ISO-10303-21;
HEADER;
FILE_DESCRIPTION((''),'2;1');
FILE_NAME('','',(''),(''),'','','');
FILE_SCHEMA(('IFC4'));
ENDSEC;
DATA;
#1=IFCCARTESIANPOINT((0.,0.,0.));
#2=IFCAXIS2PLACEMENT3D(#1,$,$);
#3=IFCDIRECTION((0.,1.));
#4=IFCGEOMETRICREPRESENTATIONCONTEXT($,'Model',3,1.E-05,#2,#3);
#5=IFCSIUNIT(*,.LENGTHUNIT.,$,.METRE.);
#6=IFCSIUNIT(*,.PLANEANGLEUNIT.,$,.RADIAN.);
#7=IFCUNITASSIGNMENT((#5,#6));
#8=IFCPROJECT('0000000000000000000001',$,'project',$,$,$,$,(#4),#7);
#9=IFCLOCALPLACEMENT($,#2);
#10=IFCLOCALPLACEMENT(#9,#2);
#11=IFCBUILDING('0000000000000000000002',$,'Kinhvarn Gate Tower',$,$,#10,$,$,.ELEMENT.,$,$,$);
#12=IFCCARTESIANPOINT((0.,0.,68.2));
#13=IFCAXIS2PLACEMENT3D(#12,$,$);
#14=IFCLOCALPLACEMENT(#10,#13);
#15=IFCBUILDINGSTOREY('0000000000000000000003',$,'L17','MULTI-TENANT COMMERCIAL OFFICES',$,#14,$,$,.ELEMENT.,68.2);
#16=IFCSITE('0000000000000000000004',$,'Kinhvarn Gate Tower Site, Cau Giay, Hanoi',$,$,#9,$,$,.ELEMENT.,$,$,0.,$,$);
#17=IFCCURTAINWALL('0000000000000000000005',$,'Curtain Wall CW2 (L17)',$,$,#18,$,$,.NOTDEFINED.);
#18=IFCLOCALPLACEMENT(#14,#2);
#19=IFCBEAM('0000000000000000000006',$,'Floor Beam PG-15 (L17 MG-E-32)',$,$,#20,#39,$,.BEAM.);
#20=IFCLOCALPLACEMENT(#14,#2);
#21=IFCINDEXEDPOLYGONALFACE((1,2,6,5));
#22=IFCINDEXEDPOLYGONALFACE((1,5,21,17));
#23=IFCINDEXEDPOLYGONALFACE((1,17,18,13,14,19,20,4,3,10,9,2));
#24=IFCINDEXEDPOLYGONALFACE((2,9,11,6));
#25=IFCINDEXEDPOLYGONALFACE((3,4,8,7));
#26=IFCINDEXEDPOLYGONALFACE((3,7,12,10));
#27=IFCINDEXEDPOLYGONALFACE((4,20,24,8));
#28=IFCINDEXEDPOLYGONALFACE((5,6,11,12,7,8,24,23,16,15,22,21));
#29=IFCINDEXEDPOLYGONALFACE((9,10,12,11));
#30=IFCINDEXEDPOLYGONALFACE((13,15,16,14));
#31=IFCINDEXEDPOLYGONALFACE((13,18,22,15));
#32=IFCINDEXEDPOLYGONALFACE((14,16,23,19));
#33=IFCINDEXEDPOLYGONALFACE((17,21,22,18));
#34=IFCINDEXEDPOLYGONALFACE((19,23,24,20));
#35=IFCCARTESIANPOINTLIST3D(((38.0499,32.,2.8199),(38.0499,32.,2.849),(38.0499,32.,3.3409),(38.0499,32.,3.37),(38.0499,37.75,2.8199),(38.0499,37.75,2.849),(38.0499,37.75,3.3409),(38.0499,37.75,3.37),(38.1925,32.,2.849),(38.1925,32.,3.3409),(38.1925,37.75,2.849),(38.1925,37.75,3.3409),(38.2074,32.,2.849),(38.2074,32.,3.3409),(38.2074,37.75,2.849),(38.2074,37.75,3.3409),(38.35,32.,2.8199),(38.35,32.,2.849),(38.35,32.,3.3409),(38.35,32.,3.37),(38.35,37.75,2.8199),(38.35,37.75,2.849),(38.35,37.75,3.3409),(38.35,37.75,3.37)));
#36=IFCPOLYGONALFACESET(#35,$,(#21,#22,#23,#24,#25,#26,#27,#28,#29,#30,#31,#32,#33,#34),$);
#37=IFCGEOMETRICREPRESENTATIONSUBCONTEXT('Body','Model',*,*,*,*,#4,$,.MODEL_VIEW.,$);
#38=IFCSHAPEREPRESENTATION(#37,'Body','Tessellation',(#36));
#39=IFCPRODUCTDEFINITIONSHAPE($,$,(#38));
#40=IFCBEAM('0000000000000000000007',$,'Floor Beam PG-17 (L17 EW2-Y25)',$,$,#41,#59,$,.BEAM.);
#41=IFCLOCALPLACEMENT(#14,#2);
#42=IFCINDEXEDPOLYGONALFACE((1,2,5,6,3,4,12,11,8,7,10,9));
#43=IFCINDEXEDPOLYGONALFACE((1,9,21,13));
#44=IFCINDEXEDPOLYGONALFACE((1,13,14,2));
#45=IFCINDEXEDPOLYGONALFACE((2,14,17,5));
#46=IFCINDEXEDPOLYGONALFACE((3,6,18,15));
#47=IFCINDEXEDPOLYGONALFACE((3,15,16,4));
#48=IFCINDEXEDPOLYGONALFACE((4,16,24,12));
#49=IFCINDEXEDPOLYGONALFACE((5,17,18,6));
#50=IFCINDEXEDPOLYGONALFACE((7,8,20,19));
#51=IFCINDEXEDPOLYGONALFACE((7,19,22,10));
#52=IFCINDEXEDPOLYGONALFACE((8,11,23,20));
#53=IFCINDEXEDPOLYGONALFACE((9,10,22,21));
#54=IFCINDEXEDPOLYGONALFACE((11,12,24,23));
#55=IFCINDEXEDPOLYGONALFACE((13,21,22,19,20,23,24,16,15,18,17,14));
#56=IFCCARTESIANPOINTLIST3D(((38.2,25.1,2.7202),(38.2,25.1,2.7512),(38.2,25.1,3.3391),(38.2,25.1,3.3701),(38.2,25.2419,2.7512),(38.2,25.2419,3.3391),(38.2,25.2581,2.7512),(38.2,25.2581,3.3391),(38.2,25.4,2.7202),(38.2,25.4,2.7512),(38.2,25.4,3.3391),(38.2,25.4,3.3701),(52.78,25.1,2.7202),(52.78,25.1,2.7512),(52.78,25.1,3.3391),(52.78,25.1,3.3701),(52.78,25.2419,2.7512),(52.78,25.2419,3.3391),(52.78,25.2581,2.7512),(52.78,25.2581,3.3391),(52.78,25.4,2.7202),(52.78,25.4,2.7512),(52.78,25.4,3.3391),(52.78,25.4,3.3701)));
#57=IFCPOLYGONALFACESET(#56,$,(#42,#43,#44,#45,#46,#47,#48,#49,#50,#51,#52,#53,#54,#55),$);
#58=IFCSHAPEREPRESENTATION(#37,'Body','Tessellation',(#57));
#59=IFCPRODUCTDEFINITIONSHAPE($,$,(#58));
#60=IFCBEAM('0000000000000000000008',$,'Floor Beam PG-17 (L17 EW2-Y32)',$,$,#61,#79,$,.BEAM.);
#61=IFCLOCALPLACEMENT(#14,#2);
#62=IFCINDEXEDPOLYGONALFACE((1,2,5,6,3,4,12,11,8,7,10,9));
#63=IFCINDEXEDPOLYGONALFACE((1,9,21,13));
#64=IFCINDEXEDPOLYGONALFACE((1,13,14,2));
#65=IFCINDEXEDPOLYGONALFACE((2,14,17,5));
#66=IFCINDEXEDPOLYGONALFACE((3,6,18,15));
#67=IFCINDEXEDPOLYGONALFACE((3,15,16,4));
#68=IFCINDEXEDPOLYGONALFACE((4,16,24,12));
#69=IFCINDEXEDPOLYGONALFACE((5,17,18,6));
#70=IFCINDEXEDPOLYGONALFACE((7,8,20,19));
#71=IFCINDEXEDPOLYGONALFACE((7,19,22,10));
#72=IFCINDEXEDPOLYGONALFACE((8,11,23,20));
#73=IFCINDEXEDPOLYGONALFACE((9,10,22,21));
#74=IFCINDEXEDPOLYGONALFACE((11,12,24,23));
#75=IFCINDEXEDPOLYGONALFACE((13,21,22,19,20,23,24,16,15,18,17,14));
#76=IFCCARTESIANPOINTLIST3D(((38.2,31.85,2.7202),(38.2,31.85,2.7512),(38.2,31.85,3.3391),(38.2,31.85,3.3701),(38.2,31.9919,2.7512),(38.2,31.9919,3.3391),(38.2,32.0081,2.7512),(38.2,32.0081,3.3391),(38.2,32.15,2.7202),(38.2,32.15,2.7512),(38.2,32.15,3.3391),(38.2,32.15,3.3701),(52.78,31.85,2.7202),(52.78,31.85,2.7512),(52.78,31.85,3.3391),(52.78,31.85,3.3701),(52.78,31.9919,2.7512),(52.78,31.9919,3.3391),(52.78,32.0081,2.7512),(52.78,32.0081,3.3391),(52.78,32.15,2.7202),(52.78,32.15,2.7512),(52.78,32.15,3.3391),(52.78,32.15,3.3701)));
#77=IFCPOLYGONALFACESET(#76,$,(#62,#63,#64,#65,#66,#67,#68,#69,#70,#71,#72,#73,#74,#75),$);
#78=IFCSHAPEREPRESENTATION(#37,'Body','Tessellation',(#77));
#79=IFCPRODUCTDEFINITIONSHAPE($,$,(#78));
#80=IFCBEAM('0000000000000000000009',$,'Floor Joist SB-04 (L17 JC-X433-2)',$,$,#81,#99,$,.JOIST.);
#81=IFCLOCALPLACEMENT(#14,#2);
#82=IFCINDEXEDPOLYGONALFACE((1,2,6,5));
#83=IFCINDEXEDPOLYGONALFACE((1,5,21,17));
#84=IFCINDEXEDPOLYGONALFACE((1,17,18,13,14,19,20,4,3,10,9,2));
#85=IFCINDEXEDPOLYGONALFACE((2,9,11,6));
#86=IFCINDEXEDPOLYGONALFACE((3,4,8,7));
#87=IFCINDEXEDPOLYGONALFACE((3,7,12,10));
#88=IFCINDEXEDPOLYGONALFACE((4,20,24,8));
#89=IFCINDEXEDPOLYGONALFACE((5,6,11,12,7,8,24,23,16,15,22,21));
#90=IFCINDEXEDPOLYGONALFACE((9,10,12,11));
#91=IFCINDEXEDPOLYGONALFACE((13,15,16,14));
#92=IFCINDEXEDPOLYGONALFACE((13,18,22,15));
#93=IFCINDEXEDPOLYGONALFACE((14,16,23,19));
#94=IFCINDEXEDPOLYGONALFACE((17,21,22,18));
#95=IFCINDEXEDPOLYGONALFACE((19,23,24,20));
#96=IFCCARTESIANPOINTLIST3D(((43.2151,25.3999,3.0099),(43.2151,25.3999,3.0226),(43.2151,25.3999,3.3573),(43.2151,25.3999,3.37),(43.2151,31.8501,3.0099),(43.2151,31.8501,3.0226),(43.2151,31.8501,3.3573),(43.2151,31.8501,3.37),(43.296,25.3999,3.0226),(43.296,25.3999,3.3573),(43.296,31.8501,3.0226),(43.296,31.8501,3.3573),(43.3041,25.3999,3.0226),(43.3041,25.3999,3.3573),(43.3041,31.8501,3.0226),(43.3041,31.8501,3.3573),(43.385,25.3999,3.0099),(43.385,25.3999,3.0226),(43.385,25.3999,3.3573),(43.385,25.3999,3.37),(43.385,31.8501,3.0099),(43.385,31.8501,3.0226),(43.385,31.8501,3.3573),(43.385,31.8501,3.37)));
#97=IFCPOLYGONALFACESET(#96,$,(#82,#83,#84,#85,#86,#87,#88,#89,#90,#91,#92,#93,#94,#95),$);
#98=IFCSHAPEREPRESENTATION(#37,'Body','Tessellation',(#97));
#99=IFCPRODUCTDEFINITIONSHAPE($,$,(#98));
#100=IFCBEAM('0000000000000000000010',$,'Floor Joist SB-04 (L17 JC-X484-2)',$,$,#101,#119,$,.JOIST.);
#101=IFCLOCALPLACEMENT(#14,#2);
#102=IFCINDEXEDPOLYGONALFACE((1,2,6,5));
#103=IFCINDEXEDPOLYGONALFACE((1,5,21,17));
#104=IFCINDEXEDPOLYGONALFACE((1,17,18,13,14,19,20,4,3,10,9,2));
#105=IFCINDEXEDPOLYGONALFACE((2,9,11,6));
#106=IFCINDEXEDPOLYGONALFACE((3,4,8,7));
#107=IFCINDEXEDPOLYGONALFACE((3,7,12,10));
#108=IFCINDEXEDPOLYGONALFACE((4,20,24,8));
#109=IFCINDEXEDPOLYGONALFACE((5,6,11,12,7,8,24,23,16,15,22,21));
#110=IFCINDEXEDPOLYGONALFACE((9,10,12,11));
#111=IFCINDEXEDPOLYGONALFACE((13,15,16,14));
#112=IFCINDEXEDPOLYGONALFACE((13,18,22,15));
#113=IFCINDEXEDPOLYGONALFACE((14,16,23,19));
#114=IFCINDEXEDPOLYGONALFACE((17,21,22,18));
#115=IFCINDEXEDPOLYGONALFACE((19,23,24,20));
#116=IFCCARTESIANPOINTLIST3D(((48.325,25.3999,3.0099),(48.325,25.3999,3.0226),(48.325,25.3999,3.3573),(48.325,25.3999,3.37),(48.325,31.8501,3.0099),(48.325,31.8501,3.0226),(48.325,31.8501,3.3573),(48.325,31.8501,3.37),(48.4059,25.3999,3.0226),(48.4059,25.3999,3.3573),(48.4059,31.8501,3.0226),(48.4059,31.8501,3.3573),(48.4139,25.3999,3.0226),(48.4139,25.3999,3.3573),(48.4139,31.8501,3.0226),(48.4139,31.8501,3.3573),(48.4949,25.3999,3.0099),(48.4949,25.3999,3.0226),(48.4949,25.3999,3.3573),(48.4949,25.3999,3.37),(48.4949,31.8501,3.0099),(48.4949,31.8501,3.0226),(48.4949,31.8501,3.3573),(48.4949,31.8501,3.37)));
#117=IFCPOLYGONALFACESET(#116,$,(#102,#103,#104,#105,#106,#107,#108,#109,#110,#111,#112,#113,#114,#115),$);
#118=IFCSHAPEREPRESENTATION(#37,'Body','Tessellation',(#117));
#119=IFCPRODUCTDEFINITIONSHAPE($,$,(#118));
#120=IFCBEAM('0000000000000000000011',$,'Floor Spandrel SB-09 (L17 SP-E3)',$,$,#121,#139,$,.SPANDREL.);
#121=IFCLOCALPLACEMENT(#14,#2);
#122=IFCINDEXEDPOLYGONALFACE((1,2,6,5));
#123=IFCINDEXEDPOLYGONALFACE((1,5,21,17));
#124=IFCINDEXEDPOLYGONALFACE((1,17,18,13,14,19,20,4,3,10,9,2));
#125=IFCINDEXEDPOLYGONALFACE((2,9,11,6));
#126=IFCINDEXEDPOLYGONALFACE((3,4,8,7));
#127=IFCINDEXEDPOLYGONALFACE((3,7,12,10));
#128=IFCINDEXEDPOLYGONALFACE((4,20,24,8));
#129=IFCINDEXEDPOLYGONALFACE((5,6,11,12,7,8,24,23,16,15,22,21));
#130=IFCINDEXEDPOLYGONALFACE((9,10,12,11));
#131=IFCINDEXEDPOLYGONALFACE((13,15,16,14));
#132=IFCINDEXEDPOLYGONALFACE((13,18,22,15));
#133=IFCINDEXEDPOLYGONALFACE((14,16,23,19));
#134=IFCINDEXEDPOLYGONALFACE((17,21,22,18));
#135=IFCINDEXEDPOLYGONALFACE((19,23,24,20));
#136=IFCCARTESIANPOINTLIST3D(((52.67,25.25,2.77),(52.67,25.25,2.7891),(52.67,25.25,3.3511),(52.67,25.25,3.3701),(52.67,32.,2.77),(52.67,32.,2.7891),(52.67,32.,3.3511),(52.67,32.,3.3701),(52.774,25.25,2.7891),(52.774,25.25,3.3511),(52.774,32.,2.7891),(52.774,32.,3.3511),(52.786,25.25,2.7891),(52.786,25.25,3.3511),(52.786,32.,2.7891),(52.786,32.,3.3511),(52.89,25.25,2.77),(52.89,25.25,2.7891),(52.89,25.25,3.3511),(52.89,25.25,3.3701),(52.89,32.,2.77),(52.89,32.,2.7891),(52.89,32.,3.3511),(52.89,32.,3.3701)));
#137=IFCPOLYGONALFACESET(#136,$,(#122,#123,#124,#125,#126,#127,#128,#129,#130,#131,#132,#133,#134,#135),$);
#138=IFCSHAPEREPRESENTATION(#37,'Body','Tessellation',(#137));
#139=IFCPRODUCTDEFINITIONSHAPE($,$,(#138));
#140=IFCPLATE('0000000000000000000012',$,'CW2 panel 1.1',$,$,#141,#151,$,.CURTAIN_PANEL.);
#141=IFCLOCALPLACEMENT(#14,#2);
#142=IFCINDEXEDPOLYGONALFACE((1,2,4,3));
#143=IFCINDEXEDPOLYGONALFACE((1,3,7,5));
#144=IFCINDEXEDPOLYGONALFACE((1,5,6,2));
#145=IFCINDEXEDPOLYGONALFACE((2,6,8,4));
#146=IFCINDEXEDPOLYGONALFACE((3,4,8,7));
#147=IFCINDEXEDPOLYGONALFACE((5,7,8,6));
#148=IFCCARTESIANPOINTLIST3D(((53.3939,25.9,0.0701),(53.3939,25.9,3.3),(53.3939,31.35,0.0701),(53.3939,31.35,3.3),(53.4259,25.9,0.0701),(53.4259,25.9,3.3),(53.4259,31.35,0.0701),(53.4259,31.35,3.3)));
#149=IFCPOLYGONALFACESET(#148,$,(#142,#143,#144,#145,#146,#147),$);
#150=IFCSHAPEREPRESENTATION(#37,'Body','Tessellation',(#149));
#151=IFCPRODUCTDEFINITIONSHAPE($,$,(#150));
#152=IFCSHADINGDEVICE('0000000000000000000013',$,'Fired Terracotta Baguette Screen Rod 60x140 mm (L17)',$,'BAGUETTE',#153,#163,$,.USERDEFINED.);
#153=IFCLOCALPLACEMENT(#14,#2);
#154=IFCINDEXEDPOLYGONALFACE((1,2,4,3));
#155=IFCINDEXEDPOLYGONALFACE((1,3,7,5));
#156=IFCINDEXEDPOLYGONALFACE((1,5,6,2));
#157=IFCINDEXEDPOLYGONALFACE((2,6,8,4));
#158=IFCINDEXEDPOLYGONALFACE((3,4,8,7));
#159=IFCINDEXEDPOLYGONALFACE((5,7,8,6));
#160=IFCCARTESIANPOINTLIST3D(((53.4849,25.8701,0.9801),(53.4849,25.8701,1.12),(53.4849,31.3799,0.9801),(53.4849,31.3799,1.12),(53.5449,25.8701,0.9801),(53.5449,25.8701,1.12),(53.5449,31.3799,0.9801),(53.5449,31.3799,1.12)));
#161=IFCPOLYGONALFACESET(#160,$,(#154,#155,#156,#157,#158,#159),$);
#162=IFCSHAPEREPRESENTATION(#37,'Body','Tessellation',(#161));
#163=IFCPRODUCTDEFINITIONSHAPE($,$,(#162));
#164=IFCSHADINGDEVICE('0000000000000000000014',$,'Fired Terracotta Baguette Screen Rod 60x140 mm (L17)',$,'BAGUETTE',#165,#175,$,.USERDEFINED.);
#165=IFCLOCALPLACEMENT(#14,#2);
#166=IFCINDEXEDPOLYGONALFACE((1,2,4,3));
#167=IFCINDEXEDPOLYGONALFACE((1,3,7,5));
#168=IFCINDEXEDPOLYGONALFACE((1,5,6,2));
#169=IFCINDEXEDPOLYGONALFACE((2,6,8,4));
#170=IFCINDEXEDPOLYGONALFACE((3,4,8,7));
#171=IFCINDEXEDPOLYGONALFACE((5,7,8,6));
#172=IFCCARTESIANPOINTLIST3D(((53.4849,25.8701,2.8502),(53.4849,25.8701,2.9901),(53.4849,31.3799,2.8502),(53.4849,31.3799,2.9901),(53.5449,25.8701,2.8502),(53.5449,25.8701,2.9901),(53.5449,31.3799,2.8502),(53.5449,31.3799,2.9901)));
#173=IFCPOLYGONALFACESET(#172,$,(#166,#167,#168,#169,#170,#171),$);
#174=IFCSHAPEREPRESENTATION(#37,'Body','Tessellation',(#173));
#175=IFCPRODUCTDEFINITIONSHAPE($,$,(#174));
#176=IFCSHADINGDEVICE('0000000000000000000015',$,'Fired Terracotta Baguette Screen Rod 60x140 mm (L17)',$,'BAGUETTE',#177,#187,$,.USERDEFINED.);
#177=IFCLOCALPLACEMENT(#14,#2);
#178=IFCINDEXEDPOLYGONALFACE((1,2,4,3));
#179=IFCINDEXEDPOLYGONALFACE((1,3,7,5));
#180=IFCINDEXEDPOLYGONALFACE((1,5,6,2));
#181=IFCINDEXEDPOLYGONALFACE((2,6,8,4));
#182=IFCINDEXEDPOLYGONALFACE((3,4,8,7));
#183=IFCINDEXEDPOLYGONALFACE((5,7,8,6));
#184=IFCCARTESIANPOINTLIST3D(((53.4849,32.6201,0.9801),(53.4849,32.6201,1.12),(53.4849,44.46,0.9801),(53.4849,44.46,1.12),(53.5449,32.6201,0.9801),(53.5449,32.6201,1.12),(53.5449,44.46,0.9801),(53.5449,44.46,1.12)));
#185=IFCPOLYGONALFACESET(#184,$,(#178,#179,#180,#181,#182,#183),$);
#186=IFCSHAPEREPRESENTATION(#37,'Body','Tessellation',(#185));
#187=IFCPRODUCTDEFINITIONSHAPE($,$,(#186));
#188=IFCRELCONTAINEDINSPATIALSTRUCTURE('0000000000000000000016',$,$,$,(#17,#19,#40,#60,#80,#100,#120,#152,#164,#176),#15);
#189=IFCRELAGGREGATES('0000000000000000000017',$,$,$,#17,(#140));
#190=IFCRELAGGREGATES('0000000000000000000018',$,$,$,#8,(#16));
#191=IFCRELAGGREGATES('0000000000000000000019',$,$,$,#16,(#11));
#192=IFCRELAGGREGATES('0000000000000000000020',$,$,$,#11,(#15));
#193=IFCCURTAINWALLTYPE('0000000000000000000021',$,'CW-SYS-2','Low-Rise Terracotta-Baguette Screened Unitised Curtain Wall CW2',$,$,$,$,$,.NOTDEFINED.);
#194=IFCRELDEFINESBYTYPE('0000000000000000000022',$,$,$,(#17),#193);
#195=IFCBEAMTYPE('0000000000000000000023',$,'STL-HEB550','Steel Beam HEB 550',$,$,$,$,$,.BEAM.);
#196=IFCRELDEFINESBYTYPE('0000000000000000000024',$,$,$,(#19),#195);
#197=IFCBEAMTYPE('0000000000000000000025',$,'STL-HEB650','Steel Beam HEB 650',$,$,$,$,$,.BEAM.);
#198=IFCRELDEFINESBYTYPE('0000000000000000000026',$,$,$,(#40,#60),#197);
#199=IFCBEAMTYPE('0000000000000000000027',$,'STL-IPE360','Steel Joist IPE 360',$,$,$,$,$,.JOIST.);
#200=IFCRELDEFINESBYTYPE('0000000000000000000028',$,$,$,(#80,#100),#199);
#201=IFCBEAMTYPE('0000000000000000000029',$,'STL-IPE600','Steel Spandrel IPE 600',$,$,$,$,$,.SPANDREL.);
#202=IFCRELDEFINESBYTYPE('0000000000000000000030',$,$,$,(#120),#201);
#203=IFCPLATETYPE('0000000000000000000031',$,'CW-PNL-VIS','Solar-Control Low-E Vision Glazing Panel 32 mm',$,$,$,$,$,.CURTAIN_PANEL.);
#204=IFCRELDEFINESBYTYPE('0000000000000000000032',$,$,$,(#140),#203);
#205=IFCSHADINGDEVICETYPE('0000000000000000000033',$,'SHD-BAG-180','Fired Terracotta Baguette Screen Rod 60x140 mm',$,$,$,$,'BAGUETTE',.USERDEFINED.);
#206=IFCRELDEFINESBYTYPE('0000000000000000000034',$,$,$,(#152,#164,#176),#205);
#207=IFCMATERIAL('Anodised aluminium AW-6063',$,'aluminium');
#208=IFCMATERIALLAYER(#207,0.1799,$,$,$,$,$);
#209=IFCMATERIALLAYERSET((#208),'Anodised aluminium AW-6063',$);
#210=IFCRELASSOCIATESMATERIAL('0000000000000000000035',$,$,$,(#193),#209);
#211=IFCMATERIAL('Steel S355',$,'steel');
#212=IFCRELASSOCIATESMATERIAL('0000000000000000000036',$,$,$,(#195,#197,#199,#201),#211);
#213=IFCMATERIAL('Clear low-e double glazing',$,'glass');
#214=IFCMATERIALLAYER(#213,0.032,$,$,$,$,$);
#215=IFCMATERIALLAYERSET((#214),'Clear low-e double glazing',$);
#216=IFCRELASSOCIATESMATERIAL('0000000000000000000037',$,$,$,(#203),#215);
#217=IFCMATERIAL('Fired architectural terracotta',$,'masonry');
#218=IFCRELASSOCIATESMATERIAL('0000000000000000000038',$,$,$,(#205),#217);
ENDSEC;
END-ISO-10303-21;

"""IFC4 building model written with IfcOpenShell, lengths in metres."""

from ifc_helpers import new_model, si_unit, direction, frame, origin, origin_2d, place, context, subcontext, project, spatial, rectangle, i_section, extrude, material, layer, layer_set, material_profile, profile_set, type_object, element, aggregate, save


model = new_model("IFC4")

# Units and contexts
model_context = context("Model", 3, precision=1e-05, world=origin(), true_north=direction((0.0, 1.0)))
body_context = subcontext(model_context, "Body", "Model", "MODEL_VIEW")
ifc_project = project(units=[si_unit("LENGTHUNIT", "METRE"), si_unit("PLANEANGLEUNIT", "RADIAN")], contexts=[model_context])

# Site, building, storey
site_placement = place(None, origin())
site = spatial("IfcSite", under=ifc_project, at=site_placement, Name="Kinhvarn Gate Tower Site, Cau Giay, Hanoi", CompositionType="ELEMENT", RefElevation=0.0)
building_placement = place(site_placement, origin())
building = spatial("IfcBuilding", under=site, at=building_placement, Name="Kinhvarn Gate Tower", CompositionType="ELEMENT")
storey_placement = place(building_placement, frame((0.0, 0.0, 68.2)))
storey = spatial("IfcBuildingStorey", under=building, at=storey_placement, Name="L17", Description="MULTI-TENANT COMMERCIAL OFFICES", CompositionType="ELEMENT", Elevation=68.2)

# Shared definitions
ifc_material_1 = material(Name="Anodised aluminium AW-6063", Category="aluminium")
ifc_layer_1 = layer(ifc_material_1, 0.1799)
ifc_layer_set_1 = layer_set([ifc_layer_1], Name="Anodised aluminium AW-6063")
curtain_wall_type = type_object("IfcCurtainWallType", Name="CW-SYS-2", Description="Low-Rise Terracotta-Baguette Screened Unitised Curtain Wall CW2", PredefinedType="NOTDEFINED", material=ifc_layer_set_1)

# Curtain wall
curtain_wall_1_placement = place(storey_placement, origin())
curtain_wall_1 = element("IfcCurtainWall", 1, at=curtain_wall_1_placement, inside=storey, type_object=curtain_wall_type, Name="Curtain Wall CW2 (L17)", PredefinedType="NOTDEFINED")

# Beams
ifc_material_2 = material(Name="Steel S355", Category="steel")
ifc_material_profile_1 = material_profile(ifc_material_2, i_section(OverallWidth=0.3, OverallDepth=0.55, WebThickness=0.0149, FlangeThickness=0.0291, at=origin_2d()), Name="HEB 550")
ifc_profile_set_1 = profile_set([ifc_material_profile_1], Name="Steel S355")
beam_type_1 = type_object("IfcBeamType", Name="STL-HEB550", Description="Steel Beam HEB 550", PredefinedType="BEAM", material=ifc_profile_set_1)
beam_1_placement = place(storey_placement, frame((38.2, 32.0, 3.095), z_axis=(0.0, 1.0, 0.0), x_axis=(-1.0, 0.0, 0.0)))
element("IfcBeam", 2, at=beam_1_placement, inside=storey, type_object=beam_type_1, Name="Floor Beam PG-15 (L17 MG-E-32)", PredefinedType="BEAM", context=body_context, shape_type="SweptSolid", body=[
    extrude(i_section(OverallWidth=0.3, OverallDepth=0.55, WebThickness=0.0149, FlangeThickness=0.0291, at=origin_2d()), origin(), (0.0, 0.0, 1.0), 5.75),
])
ifc_material_profile_2 = material_profile(ifc_material_2, i_section(OverallWidth=0.3, OverallDepth=0.6499, WebThickness=0.0161, FlangeThickness=0.031, at=origin_2d()), Name="HEB 650")
ifc_profile_set_2 = profile_set([ifc_material_profile_2], Name="Steel S355")
beam_type_2 = type_object("IfcBeamType", Name="STL-HEB650", Description="Steel Beam HEB 650", PredefinedType="BEAM", material=ifc_profile_set_2)
for number, where, z_axis, x_axis, name in (
    (3, (38.2, 25.25, 3.0452), (1.0, 0.0, 0.0), (0.0, 1.0, 0.0), "Floor Beam PG-17 (L17 EW2-Y25)"),
    (4, (38.2, 32.0, 3.0452), (1.0, 0.0, 0.0), (0.0, 1.0, 0.0), "Floor Beam PG-17 (L17 EW2-Y32)"),
):
    element("IfcBeam", number, at=place(storey_placement, frame(where, z_axis=z_axis, x_axis=x_axis)), inside=storey, type_object=beam_type_2, Name=name, PredefinedType="BEAM", context=body_context, shape_type="SweptSolid", body=[
        extrude(i_section(OverallWidth=0.3, OverallDepth=0.6499, WebThickness=0.0161, FlangeThickness=0.031, at=origin_2d()), origin(), (0.0, 0.0, 1.0), 14.5801),
    ])
ifc_material_profile_3 = material_profile(ifc_material_2, i_section(OverallWidth=0.1699, OverallDepth=0.3601, WebThickness=0.0081, FlangeThickness=0.0127, at=origin_2d()), Name="IPE 360")
ifc_profile_set_3 = profile_set([ifc_material_profile_3], Name="Steel S355")
beam_type_3 = type_object("IfcBeamType", Name="STL-IPE360", Description="Steel Joist IPE 360", PredefinedType="JOIST", material=ifc_profile_set_3)
for number, where, z_axis, x_axis, name in (
    (5, (43.3, 25.3999, 3.1899), (0.0, 1.0, 0.0), (-1.0, 0.0, 0.0), "Floor Joist SB-04 (L17 JC-X433-2)"),
    (6, (48.4099, 25.3999, 3.1899), (0.0, 1.0, 0.0), (-1.0, 0.0, 0.0), "Floor Joist SB-04 (L17 JC-X484-2)"),
):
    element("IfcBeam", number, at=place(storey_placement, frame(where, z_axis=z_axis, x_axis=x_axis)), inside=storey, type_object=beam_type_3, Name=name, PredefinedType="JOIST", context=body_context, shape_type="SweptSolid", body=[
        extrude(i_section(OverallWidth=0.1699, OverallDepth=0.3601, WebThickness=0.0081, FlangeThickness=0.0127, at=origin_2d()), origin(), (0.0, 0.0, 1.0), 6.4502),
    ])
ifc_material_profile_4 = material_profile(ifc_material_2, i_section(OverallWidth=0.22, OverallDepth=0.6001, WebThickness=0.012, FlangeThickness=0.019, at=origin_2d()), Name="IPE 600")
ifc_profile_set_4 = profile_set([ifc_material_profile_4], Name="Steel S355")
beam_type_4 = type_object("IfcBeamType", Name="STL-IPE600", Description="Steel Spandrel IPE 600", PredefinedType="SPANDREL", material=ifc_profile_set_4)
beam_2_placement = place(storey_placement, frame((52.78, 25.25, 3.0701), z_axis=(0.0, 1.0, 0.0), x_axis=(-1.0, 0.0, 0.0)))
element("IfcBeam", 7, at=beam_2_placement, inside=storey, type_object=beam_type_4, Name="Floor Spandrel SB-09 (L17 SP-E3)", PredefinedType="SPANDREL", context=body_context, shape_type="SweptSolid", body=[
    extrude(i_section(OverallWidth=0.22, OverallDepth=0.6001, WebThickness=0.012, FlangeThickness=0.019, at=origin_2d()), origin(), (0.0, 0.0, 1.0), 6.75),
])

# Plate
ifc_material_3 = material(Name="Clear low-e double glazing", Category="glass")
ifc_layer_2 = layer(ifc_material_3, 0.032)
ifc_layer_set_2 = layer_set([ifc_layer_2], Name="Clear low-e double glazing")
plate_type = type_object("IfcPlateType", Name="CW-PNL-VIS", Description="Solar-Control Low-E Vision Glazing Panel 32 mm", PredefinedType="CURTAIN_PANEL", material=ifc_layer_set_2)
plate_placement = place(storey_placement, frame((53.4099, 28.625, 0.0701), z_axis=(0.0, 0.0, 1.0), x_axis=(0.0, 1.0, 0.0)))
plate = element("IfcPlate", 8, at=plate_placement, type_object=plate_type, Name="CW2 panel 1.1", PredefinedType="CURTAIN_PANEL", context=body_context, shape_type="SweptSolid", body=[
    extrude(rectangle(XDim=5.45, YDim=0.032, at=origin_2d()), origin(), (0.0, 0.0, 1.0), 3.23),
])
aggregate(curtain_wall_1, [plate])

# Shading devices
ifc_material_4 = material(Name="Fired architectural terracotta", Category="masonry")
ifc_material_profile_5 = material_profile(ifc_material_4, rectangle(XDim=0.0601, YDim=0.1399, at=origin_2d()), Name="TC 60x140")
ifc_profile_set_5 = profile_set([ifc_material_profile_5], Name="Fired architectural terracotta")
shading_device_type = type_object("IfcShadingDeviceType", Name="SHD-BAG-180", Description="Fired Terracotta Baguette Screen Rod 60x140 mm", ElementType="BAGUETTE", PredefinedType="USERDEFINED", material=ifc_profile_set_5)
for number, where, z_axis, x_axis, name in (
    (9, (53.5149, 25.8701, 1.05), (0.0, 1.0, 0.0), (-1.0, 0.0, 0.0), "Fired Terracotta Baguette Screen Rod 60x140 mm (L17)"),
    (10, (53.5149, 25.8701, 2.9202), (0.0, 1.0, 0.0), (-1.0, 0.0, 0.0), "Fired Terracotta Baguette Screen Rod 60x140 mm (L17)"),
):
    element("IfcShadingDevice", number, at=place(storey_placement, frame(where, z_axis=z_axis, x_axis=x_axis)), inside=storey, type_object=shading_device_type, Name=name, ObjectType="BAGUETTE", PredefinedType="USERDEFINED", context=body_context, shape_type="SweptSolid", body=[
        extrude(rectangle(XDim=0.0601, YDim=0.1399, at=origin_2d()), origin(), (0.0, 0.0, 1.0), 5.5098),
    ])
for number, where, z_axis, x_axis, name in (
    (11, (53.5149, 32.6201, 1.05), (0.0, 1.0, 0.0), (-1.0, 0.0, 0.0), "Fired Terracotta Baguette Screen Rod 60x140 mm (L17)"),
):
    element("IfcShadingDevice", number, at=place(storey_placement, frame(where, z_axis=z_axis, x_axis=x_axis)), inside=storey, type_object=shading_device_type, Name=name, ObjectType="BAGUETTE", PredefinedType="USERDEFINED", context=body_context, shape_type="SweptSolid", body=[
        extrude(rectangle(XDim=0.0601, YDim=0.1399, at=origin_2d()), origin(), (0.0, 0.0, 1.0), 11.8398),
    ])

save(model, "model.ifc")
